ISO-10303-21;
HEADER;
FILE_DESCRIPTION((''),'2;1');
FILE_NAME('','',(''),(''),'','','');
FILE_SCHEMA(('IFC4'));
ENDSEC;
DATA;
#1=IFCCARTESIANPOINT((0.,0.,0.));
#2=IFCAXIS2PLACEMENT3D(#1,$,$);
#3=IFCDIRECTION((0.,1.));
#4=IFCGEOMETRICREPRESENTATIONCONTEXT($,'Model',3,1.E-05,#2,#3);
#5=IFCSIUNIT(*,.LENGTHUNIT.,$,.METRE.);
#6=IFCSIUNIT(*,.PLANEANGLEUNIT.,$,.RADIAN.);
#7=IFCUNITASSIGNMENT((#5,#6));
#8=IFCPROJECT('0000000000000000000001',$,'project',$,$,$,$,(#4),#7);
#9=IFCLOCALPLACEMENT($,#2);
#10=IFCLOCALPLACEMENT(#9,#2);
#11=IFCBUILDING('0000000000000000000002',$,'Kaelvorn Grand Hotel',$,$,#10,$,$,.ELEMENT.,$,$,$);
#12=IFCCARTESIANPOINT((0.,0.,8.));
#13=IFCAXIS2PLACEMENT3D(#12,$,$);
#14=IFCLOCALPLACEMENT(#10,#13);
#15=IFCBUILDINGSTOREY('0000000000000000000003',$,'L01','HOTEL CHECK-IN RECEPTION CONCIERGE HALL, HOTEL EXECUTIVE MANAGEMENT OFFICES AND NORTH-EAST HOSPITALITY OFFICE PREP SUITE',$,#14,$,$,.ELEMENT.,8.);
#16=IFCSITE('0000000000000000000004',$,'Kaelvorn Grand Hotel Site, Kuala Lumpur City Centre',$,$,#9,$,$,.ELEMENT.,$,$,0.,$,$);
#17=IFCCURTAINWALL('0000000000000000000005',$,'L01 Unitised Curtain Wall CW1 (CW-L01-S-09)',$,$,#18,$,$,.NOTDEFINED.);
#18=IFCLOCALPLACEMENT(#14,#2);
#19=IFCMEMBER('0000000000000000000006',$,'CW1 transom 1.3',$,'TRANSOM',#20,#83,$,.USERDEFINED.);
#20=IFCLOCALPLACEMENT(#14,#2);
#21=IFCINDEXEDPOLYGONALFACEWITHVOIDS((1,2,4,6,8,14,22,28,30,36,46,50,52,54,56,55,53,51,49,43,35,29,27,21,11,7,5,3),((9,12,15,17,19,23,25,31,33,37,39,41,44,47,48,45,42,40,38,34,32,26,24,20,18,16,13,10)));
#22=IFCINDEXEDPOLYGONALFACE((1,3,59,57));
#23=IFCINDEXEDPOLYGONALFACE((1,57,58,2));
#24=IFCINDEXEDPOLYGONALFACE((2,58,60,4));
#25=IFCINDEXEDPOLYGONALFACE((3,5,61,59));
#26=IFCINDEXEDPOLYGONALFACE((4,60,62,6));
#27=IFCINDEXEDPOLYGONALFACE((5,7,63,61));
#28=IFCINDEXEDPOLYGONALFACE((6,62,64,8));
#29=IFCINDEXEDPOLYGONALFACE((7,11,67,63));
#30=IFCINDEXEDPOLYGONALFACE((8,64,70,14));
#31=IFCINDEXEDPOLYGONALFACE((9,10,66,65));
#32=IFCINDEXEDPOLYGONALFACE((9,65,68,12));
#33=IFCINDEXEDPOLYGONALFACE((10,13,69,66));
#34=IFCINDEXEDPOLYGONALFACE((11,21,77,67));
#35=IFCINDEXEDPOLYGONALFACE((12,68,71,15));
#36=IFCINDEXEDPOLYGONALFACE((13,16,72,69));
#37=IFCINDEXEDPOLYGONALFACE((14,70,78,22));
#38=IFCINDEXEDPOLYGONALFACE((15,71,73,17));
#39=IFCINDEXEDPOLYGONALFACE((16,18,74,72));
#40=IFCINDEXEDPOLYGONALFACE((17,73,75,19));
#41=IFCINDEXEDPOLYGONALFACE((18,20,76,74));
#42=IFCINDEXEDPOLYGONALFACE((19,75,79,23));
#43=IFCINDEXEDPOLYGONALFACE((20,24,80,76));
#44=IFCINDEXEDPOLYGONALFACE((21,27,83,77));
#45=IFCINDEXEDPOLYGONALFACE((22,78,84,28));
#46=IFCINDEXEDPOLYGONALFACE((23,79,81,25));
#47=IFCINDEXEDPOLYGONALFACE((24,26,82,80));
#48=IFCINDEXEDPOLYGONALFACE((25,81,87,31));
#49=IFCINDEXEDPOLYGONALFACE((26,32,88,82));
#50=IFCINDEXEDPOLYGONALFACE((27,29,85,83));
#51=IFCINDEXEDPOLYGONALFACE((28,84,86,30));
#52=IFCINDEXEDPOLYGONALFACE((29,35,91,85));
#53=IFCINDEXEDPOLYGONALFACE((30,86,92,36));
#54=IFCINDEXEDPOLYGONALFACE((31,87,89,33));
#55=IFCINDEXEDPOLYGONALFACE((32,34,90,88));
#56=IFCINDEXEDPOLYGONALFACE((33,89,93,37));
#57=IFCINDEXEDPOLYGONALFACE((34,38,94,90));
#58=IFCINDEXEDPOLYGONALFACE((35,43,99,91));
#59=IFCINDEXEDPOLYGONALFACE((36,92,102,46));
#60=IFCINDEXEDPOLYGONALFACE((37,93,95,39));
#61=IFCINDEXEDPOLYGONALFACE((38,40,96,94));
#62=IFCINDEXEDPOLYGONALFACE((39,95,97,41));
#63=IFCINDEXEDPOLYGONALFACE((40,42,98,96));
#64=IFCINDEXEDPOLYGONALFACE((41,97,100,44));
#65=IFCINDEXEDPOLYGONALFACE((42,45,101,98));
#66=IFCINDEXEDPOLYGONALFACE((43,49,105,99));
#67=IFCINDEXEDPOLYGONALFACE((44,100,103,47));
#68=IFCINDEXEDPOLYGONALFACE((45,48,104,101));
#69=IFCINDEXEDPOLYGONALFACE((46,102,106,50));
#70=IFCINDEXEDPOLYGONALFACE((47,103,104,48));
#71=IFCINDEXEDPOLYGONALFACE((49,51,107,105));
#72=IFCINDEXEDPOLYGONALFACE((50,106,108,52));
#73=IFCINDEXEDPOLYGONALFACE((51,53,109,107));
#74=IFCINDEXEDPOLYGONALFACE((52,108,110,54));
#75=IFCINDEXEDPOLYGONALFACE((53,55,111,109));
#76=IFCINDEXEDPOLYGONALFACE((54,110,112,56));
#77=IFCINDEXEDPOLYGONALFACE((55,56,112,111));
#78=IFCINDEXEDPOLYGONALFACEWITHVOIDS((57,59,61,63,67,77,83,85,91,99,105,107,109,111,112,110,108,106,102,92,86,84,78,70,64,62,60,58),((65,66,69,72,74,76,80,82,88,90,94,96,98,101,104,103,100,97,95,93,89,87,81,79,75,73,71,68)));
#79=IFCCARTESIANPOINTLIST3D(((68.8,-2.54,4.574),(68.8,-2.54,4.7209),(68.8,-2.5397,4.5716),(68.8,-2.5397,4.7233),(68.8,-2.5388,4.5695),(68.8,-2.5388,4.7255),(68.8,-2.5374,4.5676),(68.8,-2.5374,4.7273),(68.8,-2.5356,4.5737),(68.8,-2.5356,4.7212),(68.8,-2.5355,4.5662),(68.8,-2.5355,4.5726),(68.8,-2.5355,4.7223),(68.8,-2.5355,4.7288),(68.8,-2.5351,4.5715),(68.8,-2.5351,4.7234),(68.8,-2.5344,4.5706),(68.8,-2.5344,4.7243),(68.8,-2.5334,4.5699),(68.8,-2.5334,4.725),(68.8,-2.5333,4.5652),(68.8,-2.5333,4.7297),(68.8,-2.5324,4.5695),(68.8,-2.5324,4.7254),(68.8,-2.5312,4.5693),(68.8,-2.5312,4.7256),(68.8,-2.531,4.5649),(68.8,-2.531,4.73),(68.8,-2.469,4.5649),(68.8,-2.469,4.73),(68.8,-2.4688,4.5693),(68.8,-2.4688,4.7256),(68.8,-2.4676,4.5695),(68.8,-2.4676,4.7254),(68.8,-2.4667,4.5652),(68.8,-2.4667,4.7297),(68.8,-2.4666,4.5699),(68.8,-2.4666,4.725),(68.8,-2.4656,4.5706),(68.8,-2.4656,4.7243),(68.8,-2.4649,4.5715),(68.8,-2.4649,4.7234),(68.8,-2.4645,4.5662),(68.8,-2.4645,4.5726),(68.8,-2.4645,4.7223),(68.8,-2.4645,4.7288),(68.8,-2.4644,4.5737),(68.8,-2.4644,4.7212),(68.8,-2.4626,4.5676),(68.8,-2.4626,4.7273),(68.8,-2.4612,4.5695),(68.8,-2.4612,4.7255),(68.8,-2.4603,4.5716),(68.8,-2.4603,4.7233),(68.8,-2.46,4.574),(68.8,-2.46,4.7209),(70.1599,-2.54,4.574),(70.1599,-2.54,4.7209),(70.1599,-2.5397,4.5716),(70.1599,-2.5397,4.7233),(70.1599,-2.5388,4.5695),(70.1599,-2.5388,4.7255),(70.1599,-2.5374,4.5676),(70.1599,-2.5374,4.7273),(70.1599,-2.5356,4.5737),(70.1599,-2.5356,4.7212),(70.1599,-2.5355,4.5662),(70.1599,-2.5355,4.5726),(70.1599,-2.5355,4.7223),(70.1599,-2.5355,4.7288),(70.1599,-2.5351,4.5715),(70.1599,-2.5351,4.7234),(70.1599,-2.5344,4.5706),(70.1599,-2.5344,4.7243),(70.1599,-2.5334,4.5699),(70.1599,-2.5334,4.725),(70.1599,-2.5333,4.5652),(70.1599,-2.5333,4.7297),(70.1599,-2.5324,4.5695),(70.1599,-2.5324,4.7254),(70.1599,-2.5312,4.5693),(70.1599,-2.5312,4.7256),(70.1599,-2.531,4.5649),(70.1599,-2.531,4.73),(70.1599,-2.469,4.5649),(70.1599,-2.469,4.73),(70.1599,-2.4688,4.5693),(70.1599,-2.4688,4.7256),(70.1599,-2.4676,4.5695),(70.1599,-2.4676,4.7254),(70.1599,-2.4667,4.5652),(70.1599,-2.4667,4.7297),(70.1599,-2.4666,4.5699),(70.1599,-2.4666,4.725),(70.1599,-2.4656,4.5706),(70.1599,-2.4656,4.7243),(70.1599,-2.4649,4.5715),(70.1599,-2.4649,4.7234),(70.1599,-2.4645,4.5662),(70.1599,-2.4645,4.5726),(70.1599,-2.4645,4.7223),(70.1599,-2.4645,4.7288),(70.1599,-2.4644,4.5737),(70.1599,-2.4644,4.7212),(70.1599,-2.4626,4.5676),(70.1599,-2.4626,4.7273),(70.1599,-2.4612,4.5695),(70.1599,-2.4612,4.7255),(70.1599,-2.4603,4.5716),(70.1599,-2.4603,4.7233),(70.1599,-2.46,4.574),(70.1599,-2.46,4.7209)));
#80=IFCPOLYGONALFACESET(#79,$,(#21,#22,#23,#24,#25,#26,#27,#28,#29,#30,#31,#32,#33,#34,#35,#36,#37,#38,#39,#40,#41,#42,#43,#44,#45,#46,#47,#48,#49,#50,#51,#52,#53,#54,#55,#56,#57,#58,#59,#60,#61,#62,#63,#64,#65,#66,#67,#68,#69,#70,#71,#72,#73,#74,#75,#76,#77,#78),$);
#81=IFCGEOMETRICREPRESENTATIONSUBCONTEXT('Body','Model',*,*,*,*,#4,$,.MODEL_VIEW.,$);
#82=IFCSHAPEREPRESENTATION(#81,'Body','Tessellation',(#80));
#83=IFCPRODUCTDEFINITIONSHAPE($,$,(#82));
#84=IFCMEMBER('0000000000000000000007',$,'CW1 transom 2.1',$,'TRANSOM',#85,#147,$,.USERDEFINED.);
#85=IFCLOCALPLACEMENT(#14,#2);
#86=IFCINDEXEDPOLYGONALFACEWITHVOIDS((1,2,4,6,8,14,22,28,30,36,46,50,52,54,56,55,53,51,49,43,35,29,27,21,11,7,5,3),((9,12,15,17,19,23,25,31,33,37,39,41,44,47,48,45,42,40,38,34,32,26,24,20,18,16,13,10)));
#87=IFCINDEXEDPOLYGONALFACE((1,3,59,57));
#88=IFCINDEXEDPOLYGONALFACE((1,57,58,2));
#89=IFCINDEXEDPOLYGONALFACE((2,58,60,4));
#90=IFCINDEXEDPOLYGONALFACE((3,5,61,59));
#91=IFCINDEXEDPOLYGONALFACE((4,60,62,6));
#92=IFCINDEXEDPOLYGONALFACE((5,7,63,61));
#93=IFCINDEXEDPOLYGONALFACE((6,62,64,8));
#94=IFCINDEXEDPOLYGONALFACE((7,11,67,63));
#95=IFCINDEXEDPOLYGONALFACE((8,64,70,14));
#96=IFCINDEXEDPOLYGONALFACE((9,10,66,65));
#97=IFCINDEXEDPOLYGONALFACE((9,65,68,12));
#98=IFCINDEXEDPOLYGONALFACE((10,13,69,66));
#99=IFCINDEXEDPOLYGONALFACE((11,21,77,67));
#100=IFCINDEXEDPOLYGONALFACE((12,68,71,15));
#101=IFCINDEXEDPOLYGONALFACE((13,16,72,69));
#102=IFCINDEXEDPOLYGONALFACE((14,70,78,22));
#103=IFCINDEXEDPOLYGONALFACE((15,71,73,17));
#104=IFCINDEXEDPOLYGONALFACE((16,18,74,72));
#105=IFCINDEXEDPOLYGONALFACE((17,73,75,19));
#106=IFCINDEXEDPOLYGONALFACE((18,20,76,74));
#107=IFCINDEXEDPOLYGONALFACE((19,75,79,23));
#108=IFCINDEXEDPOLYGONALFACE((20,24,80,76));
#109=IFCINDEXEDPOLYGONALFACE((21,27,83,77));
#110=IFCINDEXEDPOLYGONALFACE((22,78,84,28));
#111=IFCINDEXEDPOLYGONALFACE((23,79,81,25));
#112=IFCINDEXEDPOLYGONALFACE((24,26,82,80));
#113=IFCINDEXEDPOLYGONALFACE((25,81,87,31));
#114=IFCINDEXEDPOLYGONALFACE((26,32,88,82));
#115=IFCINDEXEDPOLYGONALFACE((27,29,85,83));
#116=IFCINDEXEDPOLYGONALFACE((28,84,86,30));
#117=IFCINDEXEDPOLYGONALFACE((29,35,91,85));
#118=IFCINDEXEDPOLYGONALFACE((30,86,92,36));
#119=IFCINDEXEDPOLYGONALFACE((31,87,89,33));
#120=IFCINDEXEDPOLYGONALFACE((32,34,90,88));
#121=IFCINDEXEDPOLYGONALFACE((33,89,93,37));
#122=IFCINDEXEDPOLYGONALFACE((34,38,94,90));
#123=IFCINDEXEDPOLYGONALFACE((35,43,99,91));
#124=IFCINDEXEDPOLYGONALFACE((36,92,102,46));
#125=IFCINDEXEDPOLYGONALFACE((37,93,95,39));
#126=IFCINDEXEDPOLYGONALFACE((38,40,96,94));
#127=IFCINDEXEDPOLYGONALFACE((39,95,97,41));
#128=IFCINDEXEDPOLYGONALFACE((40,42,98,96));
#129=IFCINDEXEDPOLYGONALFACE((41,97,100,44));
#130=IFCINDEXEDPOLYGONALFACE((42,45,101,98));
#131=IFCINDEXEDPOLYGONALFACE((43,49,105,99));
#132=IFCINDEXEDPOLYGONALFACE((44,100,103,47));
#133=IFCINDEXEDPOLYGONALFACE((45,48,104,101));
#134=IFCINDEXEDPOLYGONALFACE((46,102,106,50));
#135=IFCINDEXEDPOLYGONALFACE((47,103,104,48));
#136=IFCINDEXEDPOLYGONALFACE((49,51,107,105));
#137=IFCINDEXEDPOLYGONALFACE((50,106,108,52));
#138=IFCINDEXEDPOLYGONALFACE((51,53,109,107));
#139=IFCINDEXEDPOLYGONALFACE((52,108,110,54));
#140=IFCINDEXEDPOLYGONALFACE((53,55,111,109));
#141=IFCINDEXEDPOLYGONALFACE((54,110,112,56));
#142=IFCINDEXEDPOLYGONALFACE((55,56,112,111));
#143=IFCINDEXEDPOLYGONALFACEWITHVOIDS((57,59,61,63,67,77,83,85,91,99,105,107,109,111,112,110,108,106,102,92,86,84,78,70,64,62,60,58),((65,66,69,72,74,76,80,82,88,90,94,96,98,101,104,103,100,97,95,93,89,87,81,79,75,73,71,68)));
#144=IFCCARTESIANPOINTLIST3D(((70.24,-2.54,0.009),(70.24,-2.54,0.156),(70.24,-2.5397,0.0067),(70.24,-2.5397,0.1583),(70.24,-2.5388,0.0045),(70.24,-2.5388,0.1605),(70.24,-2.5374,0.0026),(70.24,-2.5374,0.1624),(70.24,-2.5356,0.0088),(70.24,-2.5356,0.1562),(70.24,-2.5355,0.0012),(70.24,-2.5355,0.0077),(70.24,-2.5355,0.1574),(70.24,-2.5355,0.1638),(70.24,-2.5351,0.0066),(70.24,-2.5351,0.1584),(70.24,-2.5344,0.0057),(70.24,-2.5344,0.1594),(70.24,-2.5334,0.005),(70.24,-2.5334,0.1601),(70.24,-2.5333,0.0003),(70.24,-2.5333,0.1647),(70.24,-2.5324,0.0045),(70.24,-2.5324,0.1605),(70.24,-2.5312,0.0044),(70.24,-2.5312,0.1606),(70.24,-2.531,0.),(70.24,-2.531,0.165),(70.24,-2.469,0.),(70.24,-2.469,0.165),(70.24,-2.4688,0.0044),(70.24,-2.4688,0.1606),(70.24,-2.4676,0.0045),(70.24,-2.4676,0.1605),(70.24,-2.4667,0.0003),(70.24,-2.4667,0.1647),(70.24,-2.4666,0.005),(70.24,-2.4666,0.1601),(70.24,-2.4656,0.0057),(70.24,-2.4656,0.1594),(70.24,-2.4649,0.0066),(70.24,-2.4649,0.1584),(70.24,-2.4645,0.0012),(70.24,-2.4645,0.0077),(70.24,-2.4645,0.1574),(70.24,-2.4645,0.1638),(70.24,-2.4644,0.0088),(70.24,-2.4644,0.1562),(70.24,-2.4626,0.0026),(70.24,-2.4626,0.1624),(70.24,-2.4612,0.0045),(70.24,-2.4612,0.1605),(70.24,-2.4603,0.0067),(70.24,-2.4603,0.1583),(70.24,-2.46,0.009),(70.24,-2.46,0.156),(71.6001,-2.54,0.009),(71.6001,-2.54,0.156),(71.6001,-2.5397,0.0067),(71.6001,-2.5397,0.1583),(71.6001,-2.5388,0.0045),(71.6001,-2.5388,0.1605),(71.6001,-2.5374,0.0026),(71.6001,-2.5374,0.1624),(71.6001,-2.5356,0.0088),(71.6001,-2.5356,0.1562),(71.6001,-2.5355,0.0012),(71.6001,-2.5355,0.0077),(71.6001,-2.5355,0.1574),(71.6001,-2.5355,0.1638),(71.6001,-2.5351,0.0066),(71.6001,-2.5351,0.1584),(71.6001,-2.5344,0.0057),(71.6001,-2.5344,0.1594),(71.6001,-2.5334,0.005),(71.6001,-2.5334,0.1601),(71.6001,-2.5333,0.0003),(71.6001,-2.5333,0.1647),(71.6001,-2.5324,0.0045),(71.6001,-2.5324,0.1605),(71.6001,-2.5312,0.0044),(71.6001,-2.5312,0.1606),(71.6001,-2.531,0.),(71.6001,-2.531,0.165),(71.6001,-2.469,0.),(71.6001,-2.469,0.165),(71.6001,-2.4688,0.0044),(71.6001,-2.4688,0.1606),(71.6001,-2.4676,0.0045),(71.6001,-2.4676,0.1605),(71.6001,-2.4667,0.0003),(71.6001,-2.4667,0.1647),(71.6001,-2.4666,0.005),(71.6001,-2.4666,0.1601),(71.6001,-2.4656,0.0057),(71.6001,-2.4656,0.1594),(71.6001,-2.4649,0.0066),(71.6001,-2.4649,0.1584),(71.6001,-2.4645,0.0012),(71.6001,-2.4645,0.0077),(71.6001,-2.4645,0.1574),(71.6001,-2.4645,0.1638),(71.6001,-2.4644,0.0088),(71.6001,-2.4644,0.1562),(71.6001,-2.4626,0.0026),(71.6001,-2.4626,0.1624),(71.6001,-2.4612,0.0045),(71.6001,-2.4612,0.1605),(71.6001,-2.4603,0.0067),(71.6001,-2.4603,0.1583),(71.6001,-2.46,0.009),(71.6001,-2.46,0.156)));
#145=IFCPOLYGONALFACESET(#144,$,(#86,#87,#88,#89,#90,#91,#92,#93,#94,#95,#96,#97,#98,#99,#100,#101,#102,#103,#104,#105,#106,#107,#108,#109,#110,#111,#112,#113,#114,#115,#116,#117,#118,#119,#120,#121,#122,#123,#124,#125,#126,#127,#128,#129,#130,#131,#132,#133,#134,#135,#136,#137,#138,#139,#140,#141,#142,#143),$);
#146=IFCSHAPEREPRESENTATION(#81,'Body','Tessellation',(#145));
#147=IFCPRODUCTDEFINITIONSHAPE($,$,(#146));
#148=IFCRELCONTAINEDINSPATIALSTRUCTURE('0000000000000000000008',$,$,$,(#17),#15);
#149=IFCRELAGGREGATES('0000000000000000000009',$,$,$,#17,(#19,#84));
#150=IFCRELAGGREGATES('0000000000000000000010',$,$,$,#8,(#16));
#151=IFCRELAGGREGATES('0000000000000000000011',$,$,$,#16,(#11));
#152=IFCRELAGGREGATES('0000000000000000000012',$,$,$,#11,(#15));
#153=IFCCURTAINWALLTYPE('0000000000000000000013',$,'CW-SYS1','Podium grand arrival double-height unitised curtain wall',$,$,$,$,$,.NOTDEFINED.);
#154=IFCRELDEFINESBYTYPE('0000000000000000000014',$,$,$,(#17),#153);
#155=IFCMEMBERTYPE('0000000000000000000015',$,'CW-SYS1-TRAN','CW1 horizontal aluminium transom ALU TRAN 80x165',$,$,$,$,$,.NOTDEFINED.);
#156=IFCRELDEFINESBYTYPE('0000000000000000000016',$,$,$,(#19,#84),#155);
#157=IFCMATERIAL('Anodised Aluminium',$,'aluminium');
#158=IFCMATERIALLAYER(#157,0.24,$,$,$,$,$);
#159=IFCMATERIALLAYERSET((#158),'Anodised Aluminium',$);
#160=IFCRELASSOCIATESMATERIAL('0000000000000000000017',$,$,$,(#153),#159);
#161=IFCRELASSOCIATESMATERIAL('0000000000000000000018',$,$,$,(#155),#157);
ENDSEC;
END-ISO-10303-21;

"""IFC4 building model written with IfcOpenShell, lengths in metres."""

from ifc_helpers import new_model, si_unit, direction, frame, origin, origin_2d, place, context, subcontext, project, spatial, hollow_rectangle, extrude, material, layer, layer_set, material_profile, profile_set, type_object, element, aggregate, save


model = new_model("IFC4")

# Units and contexts
model_context = context("Model", 3, precision=1e-05, world=origin(), true_north=direction((0.0, 1.0)))
body_context = subcontext(model_context, "Body", "Model", "MODEL_VIEW")
ifc_project = project(units=[si_unit("LENGTHUNIT", "METRE"), si_unit("PLANEANGLEUNIT", "RADIAN")], contexts=[model_context])

# Site, building, storey
site_placement = place(None, origin())
site = spatial("IfcSite", under=ifc_project, at=site_placement, Name="Kaelvorn Grand Hotel Site, Kuala Lumpur City Centre", CompositionType="ELEMENT", RefElevation=0.0)
building_placement = place(site_placement, origin())
building = spatial("IfcBuilding", under=site, at=building_placement, Name="Kaelvorn Grand Hotel", CompositionType="ELEMENT")
storey_placement = place(building_placement, frame((0.0, 0.0, 8.0)))
storey = spatial("IfcBuildingStorey", under=building, at=storey_placement, Name="L01", Description="HOTEL CHECK-IN RECEPTION CONCIERGE HALL, HOTEL EXECUTIVE MANAGEMENT OFFICES AND NORTH-EAST HOSPITALITY OFFICE PREP SUITE", CompositionType="ELEMENT", Elevation=8.0)

# Curtain wall
ifc_material_1 = material(Name="Anodised Aluminium", Category="aluminium")
ifc_layer_1 = layer(ifc_material_1, 0.24)
ifc_layer_set_1 = layer_set([ifc_layer_1], Name="Anodised Aluminium")
curtain_wall_type = type_object("IfcCurtainWallType", Name="CW-SYS1", Description="Podium grand arrival double-height unitised curtain wall", PredefinedType="NOTDEFINED", material=ifc_layer_set_1)
curtain_wall_1_placement = place(storey_placement, origin())
curtain_wall_1 = element("IfcCurtainWall", 1, at=curtain_wall_1_placement, inside=storey, type_object=curtain_wall_type, Name="L01 Unitised Curtain Wall CW1 (CW-L01-S-09)", PredefinedType="NOTDEFINED")

# Members
ifc_material_profile_1 = material_profile(ifc_material_1, hollow_rectangle(XDim=0.0801, YDim=0.165, WallThickness=0.0044, InnerFilletRadius=0.0044, OuterFilletRadius=0.009, at=origin_2d()), Name="ALU TRAN 80x165")
ifc_profile_set_1 = profile_set([ifc_material_profile_1], Name="Anodised Aluminium")
member_type_1 = type_object("IfcMemberType", Name="CW-SYS1-TRAN", Description="CW1 horizontal aluminium transom ALU TRAN 80x165", PredefinedType="NOTDEFINED", material=ifc_profile_set_1)
member_1_placement = place(storey_placement, frame((68.8, -2.5, 4.6475), z_axis=(1.0, 0.0, 0.0), x_axis=(0.0, 1.0, 0.0)))
member_1 = element("IfcMember", 2, at=member_1_placement, type_object=member_type_1, Name="CW1 transom 1.3", ObjectType="TRANSOM", PredefinedType="USERDEFINED", context=body_context, shape_type="SweptSolid", body=[
    extrude(hollow_rectangle(XDim=0.0801, YDim=0.165, WallThickness=0.0044, InnerFilletRadius=0.0044, OuterFilletRadius=0.009, at=origin_2d()), origin(), (0.0, 0.0, 1.0), 1.3599),
])
member_2_placement = place(storey_placement, frame((70.24, -2.5, 0.0825), z_axis=(1.0, 0.0, 0.0), x_axis=(0.0, 1.0, 0.0)))
member_2 = element("IfcMember", 3, at=member_2_placement, type_object=member_type_1, Name="CW1 transom 2.1", ObjectType="TRANSOM", PredefinedType="USERDEFINED", context=body_context, shape_type="SweptSolid", body=[
    extrude(hollow_rectangle(XDim=0.0801, YDim=0.165, WallThickness=0.0044, InnerFilletRadius=0.0044, OuterFilletRadius=0.009, at=origin_2d()), origin(), (0.0, 0.0, 1.0), 1.3601),
])

aggregate(curtain_wall_1, [member_1, member_2])

save(model, "model.ifc")
